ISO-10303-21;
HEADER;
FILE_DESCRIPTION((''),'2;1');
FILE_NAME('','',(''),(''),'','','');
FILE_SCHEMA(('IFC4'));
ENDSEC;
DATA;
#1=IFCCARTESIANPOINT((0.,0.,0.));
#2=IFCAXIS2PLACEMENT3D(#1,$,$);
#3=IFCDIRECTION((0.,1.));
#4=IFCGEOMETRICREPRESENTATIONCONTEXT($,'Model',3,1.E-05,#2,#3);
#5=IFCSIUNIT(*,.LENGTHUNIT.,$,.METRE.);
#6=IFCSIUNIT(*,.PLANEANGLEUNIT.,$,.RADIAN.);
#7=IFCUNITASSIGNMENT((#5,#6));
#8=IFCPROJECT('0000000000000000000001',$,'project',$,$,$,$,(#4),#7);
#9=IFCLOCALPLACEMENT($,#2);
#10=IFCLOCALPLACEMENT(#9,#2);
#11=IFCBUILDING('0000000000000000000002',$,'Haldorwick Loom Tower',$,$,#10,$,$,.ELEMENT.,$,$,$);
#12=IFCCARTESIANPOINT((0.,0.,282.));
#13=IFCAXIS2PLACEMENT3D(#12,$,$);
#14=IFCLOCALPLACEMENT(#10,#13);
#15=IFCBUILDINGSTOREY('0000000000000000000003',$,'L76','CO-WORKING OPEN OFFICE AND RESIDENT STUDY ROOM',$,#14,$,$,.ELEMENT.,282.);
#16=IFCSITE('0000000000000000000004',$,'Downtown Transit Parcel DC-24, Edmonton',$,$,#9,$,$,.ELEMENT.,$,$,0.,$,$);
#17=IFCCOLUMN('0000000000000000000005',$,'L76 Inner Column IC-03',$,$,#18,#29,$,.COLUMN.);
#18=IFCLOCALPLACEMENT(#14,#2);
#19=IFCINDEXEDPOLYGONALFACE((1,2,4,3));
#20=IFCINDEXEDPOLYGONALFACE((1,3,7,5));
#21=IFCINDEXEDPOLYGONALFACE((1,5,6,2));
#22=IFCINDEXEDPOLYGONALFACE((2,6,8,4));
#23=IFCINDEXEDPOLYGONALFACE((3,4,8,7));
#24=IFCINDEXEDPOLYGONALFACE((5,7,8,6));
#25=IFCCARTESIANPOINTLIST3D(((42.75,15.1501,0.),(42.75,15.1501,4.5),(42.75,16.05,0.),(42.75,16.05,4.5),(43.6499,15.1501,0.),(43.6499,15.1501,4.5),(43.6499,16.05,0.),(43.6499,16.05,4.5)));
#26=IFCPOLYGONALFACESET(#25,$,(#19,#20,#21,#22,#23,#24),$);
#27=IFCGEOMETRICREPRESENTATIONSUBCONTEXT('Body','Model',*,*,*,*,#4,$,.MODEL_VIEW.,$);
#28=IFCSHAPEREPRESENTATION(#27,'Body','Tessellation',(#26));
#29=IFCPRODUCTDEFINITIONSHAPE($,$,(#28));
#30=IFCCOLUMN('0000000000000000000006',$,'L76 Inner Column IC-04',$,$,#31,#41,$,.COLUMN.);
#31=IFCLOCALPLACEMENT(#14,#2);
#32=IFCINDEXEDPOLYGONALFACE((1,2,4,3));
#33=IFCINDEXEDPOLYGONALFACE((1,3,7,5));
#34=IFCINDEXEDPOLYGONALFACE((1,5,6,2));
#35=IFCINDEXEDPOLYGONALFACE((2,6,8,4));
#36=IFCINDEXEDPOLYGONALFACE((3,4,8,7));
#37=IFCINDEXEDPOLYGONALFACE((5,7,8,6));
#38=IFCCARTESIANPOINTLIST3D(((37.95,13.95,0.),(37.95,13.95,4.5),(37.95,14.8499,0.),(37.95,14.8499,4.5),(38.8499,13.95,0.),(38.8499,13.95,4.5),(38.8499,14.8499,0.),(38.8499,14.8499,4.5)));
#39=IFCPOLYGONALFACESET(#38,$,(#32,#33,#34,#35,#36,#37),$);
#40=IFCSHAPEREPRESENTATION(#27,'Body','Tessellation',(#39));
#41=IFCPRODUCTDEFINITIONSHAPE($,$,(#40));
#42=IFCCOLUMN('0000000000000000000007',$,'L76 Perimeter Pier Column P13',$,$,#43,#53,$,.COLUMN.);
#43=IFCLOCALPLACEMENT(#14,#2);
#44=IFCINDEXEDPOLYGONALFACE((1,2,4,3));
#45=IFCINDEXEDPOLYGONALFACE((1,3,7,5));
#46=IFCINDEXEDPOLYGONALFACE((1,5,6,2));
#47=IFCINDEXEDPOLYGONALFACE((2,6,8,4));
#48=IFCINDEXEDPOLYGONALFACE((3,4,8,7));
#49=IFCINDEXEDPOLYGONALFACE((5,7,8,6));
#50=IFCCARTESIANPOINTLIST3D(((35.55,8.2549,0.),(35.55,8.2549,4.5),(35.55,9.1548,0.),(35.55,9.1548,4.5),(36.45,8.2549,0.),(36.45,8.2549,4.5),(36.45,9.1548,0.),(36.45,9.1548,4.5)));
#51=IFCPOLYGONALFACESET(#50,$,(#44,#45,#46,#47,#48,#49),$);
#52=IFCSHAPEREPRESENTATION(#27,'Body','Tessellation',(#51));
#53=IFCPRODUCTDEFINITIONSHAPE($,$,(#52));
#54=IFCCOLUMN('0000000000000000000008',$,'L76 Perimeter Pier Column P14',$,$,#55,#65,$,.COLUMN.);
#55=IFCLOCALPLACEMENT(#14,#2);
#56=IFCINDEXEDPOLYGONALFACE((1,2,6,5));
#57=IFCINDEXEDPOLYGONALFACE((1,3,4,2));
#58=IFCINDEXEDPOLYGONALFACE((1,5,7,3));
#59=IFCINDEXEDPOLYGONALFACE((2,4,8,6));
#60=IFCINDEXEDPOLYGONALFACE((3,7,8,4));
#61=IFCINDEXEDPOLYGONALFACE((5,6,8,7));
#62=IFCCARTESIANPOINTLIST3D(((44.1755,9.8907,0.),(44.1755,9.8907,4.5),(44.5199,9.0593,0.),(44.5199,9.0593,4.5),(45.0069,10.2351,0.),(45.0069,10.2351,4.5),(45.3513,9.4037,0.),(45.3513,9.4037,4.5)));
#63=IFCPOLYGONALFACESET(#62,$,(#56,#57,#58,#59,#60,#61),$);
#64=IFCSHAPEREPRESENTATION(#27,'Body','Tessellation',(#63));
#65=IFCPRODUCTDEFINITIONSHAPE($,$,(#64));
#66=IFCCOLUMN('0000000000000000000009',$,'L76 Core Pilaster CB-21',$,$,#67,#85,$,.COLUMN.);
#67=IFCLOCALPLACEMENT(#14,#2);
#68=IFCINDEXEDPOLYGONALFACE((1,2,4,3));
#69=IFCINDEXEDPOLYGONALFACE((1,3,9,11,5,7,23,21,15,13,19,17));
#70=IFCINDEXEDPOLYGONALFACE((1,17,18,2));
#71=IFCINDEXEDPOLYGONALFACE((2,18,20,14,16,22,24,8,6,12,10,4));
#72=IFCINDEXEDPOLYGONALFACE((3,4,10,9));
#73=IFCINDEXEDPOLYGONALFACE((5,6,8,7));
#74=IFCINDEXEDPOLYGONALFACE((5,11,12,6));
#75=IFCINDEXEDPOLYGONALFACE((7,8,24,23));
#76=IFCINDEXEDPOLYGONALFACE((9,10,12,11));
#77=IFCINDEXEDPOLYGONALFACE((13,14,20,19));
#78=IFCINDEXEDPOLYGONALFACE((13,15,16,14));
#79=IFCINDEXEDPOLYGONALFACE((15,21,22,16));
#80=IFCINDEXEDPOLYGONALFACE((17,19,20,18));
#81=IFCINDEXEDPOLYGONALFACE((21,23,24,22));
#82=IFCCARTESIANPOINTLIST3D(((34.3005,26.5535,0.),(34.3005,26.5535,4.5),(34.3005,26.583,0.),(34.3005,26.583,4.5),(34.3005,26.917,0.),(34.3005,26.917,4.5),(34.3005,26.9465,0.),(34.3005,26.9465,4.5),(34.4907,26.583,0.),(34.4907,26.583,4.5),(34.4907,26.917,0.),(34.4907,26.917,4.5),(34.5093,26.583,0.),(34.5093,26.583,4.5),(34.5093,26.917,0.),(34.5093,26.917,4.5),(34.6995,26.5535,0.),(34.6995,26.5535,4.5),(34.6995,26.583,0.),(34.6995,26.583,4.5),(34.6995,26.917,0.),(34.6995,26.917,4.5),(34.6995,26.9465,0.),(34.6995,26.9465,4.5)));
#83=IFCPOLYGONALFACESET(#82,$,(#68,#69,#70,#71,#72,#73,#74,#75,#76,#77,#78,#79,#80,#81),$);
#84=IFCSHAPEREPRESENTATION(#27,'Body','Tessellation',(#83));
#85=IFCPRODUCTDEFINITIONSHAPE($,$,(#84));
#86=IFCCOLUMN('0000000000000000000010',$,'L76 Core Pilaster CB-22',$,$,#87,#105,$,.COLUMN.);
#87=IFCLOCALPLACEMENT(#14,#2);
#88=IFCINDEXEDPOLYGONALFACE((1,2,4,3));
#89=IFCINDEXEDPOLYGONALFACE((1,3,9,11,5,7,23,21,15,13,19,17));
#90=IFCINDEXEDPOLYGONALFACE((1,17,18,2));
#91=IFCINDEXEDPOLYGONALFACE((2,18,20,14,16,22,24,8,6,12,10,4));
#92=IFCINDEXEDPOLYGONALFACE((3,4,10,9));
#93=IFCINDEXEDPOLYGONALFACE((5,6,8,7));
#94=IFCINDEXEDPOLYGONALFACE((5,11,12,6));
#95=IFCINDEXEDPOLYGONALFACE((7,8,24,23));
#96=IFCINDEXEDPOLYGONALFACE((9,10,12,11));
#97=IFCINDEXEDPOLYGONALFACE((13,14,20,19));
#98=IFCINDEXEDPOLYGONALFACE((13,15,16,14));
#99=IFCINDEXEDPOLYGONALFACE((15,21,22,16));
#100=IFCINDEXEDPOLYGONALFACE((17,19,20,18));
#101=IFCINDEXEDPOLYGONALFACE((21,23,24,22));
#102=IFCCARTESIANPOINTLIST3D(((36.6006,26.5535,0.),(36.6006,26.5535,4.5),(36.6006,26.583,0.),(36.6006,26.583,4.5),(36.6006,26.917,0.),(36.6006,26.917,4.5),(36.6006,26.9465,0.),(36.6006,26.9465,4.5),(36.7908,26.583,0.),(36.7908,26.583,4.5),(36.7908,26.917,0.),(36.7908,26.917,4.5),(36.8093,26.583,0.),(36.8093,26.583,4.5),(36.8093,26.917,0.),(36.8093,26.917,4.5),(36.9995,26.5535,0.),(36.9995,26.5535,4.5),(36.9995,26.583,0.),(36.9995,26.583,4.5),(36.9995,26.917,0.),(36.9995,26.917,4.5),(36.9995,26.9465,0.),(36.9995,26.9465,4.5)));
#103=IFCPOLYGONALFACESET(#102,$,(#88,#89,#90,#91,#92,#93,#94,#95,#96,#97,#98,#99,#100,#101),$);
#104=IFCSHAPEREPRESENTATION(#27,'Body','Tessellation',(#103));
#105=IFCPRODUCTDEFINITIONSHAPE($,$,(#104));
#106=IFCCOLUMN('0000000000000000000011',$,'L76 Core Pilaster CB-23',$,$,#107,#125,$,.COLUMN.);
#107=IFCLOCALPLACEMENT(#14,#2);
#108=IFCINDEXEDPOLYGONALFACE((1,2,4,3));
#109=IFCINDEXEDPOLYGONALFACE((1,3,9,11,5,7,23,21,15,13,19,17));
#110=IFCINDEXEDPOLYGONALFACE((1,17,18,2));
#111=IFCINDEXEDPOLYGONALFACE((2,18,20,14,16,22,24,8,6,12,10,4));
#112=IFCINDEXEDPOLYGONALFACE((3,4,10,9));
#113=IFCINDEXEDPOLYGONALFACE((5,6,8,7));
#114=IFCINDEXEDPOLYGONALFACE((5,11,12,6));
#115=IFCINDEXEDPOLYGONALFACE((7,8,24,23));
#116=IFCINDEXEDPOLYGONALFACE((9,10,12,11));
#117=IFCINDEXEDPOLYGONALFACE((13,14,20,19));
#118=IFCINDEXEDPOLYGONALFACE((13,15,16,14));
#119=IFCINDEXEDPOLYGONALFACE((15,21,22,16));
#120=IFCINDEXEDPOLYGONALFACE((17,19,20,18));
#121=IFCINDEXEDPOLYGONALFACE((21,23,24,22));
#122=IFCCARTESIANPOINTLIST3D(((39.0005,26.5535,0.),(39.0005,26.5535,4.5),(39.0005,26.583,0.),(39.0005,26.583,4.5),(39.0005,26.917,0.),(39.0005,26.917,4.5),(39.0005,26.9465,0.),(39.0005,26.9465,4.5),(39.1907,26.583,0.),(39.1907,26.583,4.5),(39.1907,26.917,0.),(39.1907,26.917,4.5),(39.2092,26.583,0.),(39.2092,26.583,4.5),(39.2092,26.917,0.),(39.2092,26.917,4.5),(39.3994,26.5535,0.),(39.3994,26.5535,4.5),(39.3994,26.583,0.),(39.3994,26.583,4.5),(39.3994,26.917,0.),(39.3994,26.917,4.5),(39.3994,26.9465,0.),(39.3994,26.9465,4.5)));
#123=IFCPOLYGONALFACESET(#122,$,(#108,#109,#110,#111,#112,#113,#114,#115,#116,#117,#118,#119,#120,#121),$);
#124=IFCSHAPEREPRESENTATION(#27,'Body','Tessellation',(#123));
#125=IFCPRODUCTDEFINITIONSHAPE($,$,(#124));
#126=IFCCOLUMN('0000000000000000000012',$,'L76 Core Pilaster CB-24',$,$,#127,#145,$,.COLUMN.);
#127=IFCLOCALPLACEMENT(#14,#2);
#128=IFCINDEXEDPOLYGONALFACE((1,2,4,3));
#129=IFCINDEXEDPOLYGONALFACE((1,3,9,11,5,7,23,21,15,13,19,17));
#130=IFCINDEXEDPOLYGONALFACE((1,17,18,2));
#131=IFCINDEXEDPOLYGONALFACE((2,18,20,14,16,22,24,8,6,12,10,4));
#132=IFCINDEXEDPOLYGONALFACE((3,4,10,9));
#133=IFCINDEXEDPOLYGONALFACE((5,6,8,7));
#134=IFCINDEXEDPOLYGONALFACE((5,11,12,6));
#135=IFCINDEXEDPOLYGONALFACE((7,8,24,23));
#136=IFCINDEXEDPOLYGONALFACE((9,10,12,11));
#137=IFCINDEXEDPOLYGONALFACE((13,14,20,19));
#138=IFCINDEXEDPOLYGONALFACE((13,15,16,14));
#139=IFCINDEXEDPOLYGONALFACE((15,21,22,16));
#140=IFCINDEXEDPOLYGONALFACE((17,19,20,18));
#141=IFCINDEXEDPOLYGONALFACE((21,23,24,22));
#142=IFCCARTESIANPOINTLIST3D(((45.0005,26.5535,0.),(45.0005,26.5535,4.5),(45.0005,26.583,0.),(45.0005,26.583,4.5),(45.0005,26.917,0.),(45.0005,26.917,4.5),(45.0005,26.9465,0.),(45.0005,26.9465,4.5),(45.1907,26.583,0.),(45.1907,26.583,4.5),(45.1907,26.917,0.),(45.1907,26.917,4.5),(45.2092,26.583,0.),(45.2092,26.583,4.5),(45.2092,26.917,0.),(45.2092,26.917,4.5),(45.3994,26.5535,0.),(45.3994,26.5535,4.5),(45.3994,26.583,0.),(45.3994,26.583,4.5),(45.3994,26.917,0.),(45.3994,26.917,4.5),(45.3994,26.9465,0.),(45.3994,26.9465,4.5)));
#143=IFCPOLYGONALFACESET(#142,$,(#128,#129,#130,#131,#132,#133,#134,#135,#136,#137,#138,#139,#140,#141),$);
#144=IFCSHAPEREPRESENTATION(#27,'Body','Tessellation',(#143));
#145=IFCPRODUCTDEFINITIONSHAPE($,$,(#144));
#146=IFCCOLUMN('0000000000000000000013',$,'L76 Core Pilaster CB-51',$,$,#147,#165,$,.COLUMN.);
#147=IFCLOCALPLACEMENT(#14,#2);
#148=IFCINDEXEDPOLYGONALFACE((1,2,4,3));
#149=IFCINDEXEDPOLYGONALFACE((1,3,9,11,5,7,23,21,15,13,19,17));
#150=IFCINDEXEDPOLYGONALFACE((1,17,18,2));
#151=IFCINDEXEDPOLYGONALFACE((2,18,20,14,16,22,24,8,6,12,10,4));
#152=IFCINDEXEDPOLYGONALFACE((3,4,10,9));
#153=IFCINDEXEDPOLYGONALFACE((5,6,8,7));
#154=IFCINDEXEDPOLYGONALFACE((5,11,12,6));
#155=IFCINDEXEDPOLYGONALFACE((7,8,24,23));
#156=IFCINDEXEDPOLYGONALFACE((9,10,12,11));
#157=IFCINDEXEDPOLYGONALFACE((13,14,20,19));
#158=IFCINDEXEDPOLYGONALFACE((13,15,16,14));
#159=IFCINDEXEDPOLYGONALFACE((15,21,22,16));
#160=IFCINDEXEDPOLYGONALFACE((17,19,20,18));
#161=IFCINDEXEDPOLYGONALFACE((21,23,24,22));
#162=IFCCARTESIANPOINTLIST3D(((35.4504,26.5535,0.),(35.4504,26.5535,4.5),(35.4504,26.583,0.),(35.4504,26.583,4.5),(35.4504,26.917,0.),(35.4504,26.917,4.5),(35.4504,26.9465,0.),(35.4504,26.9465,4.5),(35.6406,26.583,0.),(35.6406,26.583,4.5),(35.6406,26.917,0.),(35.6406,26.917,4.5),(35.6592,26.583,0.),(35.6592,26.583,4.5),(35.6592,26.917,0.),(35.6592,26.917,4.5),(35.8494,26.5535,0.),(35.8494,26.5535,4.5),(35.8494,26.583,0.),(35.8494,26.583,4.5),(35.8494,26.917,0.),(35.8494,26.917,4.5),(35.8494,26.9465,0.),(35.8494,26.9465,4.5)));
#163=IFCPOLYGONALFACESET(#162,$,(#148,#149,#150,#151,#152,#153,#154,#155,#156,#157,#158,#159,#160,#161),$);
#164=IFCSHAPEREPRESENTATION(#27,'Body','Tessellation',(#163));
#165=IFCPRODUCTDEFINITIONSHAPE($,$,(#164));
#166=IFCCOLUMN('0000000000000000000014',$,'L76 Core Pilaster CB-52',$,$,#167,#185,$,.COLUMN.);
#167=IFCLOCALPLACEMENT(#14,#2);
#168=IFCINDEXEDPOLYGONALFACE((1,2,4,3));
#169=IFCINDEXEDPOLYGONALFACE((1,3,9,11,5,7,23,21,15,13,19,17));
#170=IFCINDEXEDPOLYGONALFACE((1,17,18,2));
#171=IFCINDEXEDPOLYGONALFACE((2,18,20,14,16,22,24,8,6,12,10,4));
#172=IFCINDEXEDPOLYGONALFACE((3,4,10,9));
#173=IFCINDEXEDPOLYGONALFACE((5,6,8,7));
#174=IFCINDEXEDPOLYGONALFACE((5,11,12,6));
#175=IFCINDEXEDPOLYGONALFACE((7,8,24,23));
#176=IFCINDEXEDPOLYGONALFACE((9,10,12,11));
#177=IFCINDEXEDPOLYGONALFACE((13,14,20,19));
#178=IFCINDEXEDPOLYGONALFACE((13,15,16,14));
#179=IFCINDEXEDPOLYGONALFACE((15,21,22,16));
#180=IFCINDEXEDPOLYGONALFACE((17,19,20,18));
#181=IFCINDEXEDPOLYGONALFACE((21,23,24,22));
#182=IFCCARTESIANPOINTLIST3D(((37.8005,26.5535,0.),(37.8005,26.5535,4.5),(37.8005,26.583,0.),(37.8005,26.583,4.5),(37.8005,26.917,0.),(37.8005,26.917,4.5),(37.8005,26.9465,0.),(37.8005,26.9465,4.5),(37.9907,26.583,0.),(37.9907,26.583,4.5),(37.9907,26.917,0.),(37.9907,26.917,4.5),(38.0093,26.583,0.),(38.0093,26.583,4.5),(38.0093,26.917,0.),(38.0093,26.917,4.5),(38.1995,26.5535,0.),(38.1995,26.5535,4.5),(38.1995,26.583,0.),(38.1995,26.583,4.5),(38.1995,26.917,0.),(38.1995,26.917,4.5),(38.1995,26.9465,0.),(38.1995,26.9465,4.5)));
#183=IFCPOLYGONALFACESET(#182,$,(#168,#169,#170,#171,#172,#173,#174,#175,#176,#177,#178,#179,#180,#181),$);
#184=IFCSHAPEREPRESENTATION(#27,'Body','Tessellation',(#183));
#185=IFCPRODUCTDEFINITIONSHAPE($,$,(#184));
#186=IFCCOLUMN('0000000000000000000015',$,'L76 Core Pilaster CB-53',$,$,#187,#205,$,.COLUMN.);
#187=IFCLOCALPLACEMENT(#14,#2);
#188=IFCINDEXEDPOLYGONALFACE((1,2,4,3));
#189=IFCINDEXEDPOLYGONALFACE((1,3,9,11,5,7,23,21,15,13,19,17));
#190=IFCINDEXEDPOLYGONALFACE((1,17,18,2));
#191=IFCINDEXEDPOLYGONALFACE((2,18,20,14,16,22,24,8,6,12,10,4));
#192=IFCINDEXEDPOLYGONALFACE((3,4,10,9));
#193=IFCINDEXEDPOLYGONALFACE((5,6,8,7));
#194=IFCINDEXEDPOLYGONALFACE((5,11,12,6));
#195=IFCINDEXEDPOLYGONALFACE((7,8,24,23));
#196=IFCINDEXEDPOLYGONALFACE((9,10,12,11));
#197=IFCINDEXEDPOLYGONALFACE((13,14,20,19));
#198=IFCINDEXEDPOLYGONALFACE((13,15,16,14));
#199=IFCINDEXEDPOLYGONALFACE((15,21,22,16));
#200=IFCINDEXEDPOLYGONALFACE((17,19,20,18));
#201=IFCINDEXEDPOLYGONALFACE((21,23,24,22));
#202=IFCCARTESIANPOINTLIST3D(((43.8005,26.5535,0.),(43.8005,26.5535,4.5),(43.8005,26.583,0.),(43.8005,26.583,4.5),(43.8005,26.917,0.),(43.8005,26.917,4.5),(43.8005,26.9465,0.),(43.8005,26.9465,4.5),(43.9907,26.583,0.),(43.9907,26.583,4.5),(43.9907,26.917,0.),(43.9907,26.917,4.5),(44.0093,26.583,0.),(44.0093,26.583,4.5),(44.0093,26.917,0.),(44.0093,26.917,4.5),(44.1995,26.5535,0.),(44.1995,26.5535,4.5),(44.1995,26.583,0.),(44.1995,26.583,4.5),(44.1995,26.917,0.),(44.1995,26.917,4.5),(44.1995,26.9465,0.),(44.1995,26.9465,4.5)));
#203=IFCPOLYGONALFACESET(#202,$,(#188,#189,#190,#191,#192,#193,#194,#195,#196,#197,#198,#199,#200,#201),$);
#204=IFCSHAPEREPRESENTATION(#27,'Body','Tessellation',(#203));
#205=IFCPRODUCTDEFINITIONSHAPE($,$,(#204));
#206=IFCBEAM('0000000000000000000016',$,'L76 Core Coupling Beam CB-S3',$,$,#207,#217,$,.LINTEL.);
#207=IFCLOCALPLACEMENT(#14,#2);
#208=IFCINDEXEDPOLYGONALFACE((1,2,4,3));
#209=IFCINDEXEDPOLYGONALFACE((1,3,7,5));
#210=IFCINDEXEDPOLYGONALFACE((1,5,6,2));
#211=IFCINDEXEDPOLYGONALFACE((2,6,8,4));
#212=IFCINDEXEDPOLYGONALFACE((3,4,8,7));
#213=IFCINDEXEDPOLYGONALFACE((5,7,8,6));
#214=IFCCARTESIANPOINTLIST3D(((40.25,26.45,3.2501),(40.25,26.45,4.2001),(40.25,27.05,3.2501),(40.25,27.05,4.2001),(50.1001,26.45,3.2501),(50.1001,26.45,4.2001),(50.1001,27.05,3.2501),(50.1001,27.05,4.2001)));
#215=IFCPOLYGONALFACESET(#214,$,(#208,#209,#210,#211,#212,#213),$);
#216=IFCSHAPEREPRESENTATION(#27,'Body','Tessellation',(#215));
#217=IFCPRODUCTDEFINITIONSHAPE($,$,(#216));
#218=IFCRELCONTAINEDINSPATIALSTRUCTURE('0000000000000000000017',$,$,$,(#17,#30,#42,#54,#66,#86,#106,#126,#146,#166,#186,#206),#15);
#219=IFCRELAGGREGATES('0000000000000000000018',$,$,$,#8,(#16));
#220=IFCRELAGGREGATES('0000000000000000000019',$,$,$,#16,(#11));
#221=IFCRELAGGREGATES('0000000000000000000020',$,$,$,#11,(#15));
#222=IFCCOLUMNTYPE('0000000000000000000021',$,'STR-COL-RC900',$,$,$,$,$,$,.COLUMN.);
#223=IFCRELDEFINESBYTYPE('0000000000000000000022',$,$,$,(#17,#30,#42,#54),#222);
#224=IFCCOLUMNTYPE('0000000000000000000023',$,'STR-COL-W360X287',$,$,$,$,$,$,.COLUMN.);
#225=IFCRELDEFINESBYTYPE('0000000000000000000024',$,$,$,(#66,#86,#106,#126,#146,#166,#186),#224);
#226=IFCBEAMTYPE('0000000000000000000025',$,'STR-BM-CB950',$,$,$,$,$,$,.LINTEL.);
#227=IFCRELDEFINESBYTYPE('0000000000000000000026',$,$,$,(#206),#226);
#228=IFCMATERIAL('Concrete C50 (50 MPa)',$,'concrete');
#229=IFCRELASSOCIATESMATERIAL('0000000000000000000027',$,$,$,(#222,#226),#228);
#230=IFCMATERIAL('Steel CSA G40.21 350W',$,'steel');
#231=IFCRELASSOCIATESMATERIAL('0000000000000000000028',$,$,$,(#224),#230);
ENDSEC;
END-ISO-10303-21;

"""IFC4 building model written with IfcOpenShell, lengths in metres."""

from ifc_helpers import new_model, si_unit, direction, frame, origin, origin_2d, place, context, subcontext, project, spatial, rectangle, i_section, extrude, material, material_profile, profile_set, type_object, element, save


model = new_model("IFC4")

# Units and contexts
model_context = context("Model", 3, precision=1e-05, world=origin(), true_north=direction((0.0, 1.0)))
body_context = subcontext(model_context, "Body", "Model", "MODEL_VIEW")
ifc_project = project(units=[si_unit("LENGTHUNIT", "METRE"), si_unit("PLANEANGLEUNIT", "RADIAN")], contexts=[model_context])

# Site, building, storey
site_placement = place(None, origin())
site = spatial("IfcSite", under=ifc_project, at=site_placement, Name="Downtown Transit Parcel DC-24, Edmonton", CompositionType="ELEMENT", RefElevation=0.0)
building_placement = place(site_placement, origin())
building = spatial("IfcBuilding", under=site, at=building_placement, Name="Haldorwick Loom Tower", CompositionType="ELEMENT")
storey_placement = place(building_placement, frame((0.0, 0.0, 282.0)))
storey = spatial("IfcBuildingStorey", under=building, at=storey_placement, Name="L76", Description="CO-WORKING OPEN OFFICE AND RESIDENT STUDY ROOM", CompositionType="ELEMENT", Elevation=282.0)

# Columns
ifc_material_1 = material(Name="Concrete C50 (50 MPa)", Category="concrete")
ifc_material_profile_1 = material_profile(ifc_material_1, rectangle(XDim=0.8999, YDim=0.8999, at=origin_2d()), Name="RC900X900", Category="concrete")
ifc_profile_set_1 = profile_set([ifc_material_profile_1], Name="Concrete C50 (50 MPa)")
column_type_1 = type_object("IfcColumnType", Name="STR-COL-RC900", PredefinedType="COLUMN", material=ifc_profile_set_1)
for number, where, z_axis, x_axis, name in (
    (1, (43.2, 15.6001, 0.0), (0.0, 0.0, 1.0), (1.0, 0.0, 0.0), "L76 Inner Column IC-03"),
    (2, (38.3999, 14.3999, 0.0), (0.0, 0.0, 1.0), (1.0, 0.0, 0.0), "L76 Inner Column IC-04"),
    (3, (36.0, 8.7048, 0.0), (0.0, 0.0, 1.0), (0.0, -1.0, 0.0), "L76 Perimeter Pier Column P13"),
    (4, (44.7634, 9.6472, 0.0), (0.0, 0.0, 1.0), (0.382683, -0.92388, 0.0), "L76 Perimeter Pier Column P14"),
):
    element("IfcColumn", number, at=place(storey_placement, frame(where, z_axis=z_axis, x_axis=x_axis)), inside=storey, type_object=column_type_1, Name=name, PredefinedType="COLUMN", context=body_context, shape_type="SweptSolid", body=[
        extrude(rectangle(XDim=0.8999, YDim=0.8999, at=origin_2d()), origin(), (0.0, 0.0, 1.0), 4.5),
    ])
ifc_material_2 = material(Name="Steel CSA G40.21 350W", Category="steel")
ifc_material_profile_2 = material_profile(ifc_material_2, i_section(OverallWidth=0.3989, OverallDepth=0.3931, WebThickness=0.0186, FlangeThickness=0.0295, at=origin_2d()), Name="W360X287", Category="steel")
ifc_profile_set_2 = profile_set([ifc_material_profile_2], Name="Steel CSA G40.21 350W")
column_type_2 = type_object("IfcColumnType", Name="STR-COL-W360X287", PredefinedType="COLUMN", material=ifc_profile_set_2)
for number, where, z_axis, x_axis, name in (
    (5, (34.5, 26.75, 0.0), (0.0, 0.0, 1.0), (1.0, 0.0, 0.0), "L76 Core Pilaster CB-21"),
    (6, (36.8, 26.75, 0.0), (0.0, 0.0, 1.0), (1.0, 0.0, 0.0), "L76 Core Pilaster CB-22"),
    (7, (39.2, 26.75, 0.0), (0.0, 0.0, 1.0), (1.0, 0.0, 0.0), "L76 Core Pilaster CB-23"),
    (8, (45.2, 26.75, 0.0), (0.0, 0.0, 1.0), (1.0, 0.0, 0.0), "L76 Core Pilaster CB-24"),
    (9, (35.6499, 26.75, 0.0), (0.0, 0.0, 1.0), (1.0, 0.0, 0.0), "L76 Core Pilaster CB-51"),
    (10, (38.0, 26.75, 0.0), (0.0, 0.0, 1.0), (1.0, 0.0, 0.0), "L76 Core Pilaster CB-52"),
    (11, (44.0, 26.75, 0.0), (0.0, 0.0, 1.0), (1.0, 0.0, 0.0), "L76 Core Pilaster CB-53"),
):
    element("IfcColumn", number, at=place(storey_placement, frame(where, z_axis=z_axis, x_axis=x_axis)), inside=storey, type_object=column_type_2, Name=name, PredefinedType="COLUMN", context=body_context, shape_type="SweptSolid", body=[
        extrude(i_section(OverallWidth=0.3989, OverallDepth=0.3931, WebThickness=0.0186, FlangeThickness=0.0295, at=origin_2d()), origin(), (0.0, 0.0, 1.0), 4.5),
    ])

# Beam
ifc_material_profile_3 = material_profile(ifc_material_1, rectangle(XDim=0.6001, YDim=0.95, at=origin_2d()), Name="RC600X950", Category="concrete")
ifc_profile_set_3 = profile_set([ifc_material_profile_3], Name="Concrete C50 (50 MPa)")
beam_type_1 = type_object("IfcBeamType", Name="STR-BM-CB950", PredefinedType="LINTEL", material=ifc_profile_set_3)
beam_1_placement = place(storey_placement, frame((40.25, 26.75, 3.7251), z_axis=(1.0, 0.0, 0.0), x_axis=(0.0, 1.0, 0.0)))
element("IfcBeam", 12, at=beam_1_placement, inside=storey, type_object=beam_type_1, Name="L76 Core Coupling Beam CB-S3", PredefinedType="LINTEL", context=body_context, shape_type="SweptSolid", body=[
    extrude(rectangle(XDim=0.6001, YDim=0.95, at=origin_2d()), origin(), (0.0, 0.0, 1.0), 9.8501),
])

save(model, "model.ifc")
